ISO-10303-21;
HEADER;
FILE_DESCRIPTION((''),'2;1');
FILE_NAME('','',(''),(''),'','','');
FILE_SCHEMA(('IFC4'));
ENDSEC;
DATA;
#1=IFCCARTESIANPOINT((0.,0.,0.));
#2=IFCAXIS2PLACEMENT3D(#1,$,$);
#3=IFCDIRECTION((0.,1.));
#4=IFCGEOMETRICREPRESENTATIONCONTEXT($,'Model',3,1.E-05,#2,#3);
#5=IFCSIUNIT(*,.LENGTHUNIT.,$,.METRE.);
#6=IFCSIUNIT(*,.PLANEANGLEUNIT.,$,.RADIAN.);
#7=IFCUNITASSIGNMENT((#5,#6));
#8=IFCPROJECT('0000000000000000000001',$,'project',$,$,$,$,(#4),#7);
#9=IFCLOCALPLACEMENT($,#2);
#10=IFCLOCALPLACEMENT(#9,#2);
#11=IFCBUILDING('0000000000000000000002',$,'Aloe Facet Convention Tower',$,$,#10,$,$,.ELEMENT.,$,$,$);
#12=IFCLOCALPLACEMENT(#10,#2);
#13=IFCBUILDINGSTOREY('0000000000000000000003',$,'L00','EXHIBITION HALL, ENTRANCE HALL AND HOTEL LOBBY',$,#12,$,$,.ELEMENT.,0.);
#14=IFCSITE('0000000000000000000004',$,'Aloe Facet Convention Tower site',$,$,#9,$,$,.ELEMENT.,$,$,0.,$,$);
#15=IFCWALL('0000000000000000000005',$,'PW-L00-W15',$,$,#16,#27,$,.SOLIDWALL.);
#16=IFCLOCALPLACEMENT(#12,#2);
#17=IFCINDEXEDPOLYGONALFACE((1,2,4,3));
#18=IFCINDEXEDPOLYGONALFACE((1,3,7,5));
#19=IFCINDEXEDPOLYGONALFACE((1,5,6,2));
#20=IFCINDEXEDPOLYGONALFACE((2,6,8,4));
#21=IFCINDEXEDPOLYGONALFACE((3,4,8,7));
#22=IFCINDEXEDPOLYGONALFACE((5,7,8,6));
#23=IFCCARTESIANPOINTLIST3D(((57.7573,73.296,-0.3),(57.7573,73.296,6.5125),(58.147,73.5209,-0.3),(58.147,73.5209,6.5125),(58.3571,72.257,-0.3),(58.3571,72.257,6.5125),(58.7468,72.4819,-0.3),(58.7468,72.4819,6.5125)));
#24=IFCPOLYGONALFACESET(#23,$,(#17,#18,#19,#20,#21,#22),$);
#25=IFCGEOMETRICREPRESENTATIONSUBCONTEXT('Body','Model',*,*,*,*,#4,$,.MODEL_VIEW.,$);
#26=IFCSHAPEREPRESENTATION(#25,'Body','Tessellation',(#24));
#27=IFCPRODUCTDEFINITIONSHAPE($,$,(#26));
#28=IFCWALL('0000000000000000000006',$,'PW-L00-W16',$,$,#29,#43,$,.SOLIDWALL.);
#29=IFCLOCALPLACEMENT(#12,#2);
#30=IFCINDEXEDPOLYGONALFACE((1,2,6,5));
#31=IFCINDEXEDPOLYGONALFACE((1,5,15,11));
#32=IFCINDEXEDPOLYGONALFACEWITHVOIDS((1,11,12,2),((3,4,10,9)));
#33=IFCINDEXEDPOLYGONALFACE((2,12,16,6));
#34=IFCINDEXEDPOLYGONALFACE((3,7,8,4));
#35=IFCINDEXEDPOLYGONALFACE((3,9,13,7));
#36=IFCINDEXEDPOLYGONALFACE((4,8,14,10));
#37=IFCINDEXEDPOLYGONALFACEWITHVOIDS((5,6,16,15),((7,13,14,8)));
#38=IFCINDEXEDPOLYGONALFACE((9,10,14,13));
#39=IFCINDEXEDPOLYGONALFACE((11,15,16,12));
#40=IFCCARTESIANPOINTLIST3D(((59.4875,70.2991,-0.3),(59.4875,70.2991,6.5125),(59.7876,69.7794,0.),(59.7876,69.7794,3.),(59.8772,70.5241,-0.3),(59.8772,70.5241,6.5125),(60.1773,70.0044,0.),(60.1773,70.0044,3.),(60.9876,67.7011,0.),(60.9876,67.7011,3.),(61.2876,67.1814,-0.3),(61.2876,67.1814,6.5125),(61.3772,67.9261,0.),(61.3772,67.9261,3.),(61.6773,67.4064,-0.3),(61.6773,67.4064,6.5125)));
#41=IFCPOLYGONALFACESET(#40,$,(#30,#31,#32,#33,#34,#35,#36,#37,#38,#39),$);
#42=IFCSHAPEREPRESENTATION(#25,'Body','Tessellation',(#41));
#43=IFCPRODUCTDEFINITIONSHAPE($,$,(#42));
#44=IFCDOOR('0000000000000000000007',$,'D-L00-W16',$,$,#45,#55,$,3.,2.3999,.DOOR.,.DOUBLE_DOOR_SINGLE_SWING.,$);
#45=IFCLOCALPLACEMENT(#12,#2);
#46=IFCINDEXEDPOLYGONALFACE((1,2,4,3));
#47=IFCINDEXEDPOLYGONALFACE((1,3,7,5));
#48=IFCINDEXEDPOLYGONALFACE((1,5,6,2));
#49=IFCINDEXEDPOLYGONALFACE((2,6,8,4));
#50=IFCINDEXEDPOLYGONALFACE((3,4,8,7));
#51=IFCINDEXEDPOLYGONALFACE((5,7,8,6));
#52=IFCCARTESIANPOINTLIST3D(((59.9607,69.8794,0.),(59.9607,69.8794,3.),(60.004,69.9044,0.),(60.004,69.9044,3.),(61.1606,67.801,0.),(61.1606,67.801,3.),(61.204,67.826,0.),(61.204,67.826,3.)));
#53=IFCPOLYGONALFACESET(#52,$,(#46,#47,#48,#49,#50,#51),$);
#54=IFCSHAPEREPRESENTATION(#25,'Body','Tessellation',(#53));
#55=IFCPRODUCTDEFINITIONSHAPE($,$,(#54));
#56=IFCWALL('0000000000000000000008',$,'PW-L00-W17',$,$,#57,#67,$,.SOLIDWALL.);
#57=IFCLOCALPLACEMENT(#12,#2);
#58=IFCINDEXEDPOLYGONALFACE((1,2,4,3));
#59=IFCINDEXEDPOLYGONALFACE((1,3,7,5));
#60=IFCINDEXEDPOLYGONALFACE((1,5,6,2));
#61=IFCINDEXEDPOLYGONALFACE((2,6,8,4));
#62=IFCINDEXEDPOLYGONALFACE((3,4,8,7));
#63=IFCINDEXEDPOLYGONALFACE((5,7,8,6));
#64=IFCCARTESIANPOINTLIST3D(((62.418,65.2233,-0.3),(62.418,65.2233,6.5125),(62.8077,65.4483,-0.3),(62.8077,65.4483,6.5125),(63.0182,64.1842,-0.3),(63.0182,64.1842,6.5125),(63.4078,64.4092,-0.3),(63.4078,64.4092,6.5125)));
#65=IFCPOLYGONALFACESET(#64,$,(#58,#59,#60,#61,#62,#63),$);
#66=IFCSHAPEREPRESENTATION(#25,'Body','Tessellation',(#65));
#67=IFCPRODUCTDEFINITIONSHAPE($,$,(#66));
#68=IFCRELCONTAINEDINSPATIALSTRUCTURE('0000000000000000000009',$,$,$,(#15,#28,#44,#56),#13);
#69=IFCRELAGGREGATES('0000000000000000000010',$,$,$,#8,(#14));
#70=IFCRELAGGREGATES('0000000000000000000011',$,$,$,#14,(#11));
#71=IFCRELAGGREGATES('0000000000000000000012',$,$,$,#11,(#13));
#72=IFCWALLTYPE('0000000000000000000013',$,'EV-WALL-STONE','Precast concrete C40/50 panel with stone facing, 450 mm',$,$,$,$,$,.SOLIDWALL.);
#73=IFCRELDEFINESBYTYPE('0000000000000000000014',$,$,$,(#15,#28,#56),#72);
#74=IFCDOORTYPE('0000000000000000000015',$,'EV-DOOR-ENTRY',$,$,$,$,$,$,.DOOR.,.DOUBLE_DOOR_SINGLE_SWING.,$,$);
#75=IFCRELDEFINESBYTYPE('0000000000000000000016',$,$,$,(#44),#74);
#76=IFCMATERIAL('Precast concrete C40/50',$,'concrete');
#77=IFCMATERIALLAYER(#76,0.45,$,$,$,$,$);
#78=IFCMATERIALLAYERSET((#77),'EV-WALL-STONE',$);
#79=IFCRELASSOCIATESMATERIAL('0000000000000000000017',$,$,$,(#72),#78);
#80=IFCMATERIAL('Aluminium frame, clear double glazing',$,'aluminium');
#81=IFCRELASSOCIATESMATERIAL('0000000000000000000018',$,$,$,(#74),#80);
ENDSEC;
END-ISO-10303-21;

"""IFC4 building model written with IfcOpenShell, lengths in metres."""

from ifc_helpers import new_model, si_unit, direction, frame, frame_2d, origin, place, context, subcontext, project, spatial, rectangle, extrude, material, layer, layer_set, type_object, element, fill, save


model = new_model("IFC4")

# Units and contexts
model_context = context("Model", 3, precision=1e-05, world=origin(), true_north=direction((0.0, 1.0)))
body_context = subcontext(model_context, "Body", "Model", "MODEL_VIEW")
ifc_project = project(units=[si_unit("LENGTHUNIT", "METRE"), si_unit("PLANEANGLEUNIT", "RADIAN")], contexts=[model_context])

# Site, building, storey
site_placement = place(None, origin())
site = spatial("IfcSite", under=ifc_project, at=site_placement, Name="Aloe Facet Convention Tower site", CompositionType="ELEMENT", RefElevation=0.0)
building_placement = place(site_placement, origin())
building = spatial("IfcBuilding", under=site, at=building_placement, Name="Aloe Facet Convention Tower", CompositionType="ELEMENT")
storey_placement = place(building_placement, origin())
storey = spatial("IfcBuildingStorey", under=building, at=storey_placement, Name="L00", Description="EXHIBITION HALL, ENTRANCE HALL AND HOTEL LOBBY", CompositionType="ELEMENT", Elevation=0.0)

# Wall
ifc_material_1 = material(Name="Precast concrete C40/50", Category="concrete")
ifc_layer_1 = layer(ifc_material_1, 0.45)
ifc_layer_set_1 = layer_set([ifc_layer_1], Name="EV-WALL-STONE")
wall_type_1 = type_object("IfcWallType", Name="EV-WALL-STONE", Description="Precast concrete C40/50 panel with stone facing, 450 mm", PredefinedType="SOLIDWALL", material=ifc_layer_set_1)
wall_1_placement = place(storey_placement, frame((57.9521, 73.4084, -0.3), z_axis=(0.0, 0.0, 1.0), x_axis=(0.499969, -0.866043, 0.0)))
element("IfcWall", 1, at=wall_1_placement, inside=storey, type_object=wall_type_1, Name="PW-L00-W15", PredefinedType="SOLIDWALL", context=body_context, shape_type="SweptSolid", body=[
    extrude(rectangle(XDim=1.1997, YDim=0.45, at=frame_2d((0.5999, 0.0))), origin(), (0.0, 0.0, 1.0), 6.8125),
])

# Wall, opening, door
wall_2_placement = place(storey_placement, frame((59.6824, 70.4116, -0.3), z_axis=(0.0, 0.0, 1.0), x_axis=(0.500012, -0.866018, 0.0)))
wall_2 = element("IfcWall", 2, at=wall_2_placement, inside=storey, type_object=wall_type_1, Name="PW-L00-W16", PredefinedType="SOLIDWALL", context=body_context, shape_type="SweptSolid", body=[
    extrude(rectangle(XDim=3.6001, YDim=0.45, at=frame_2d((1.8, 0.0))), origin(), (0.0, 0.0, 1.0), 6.8125),
])
opening_placement = place(wall_2_placement, frame((0.6001, 0.0, 0.3)))
opening = element("IfcOpeningElement", 3, at=opening_placement, cuts=wall_2, PredefinedType="OPENING", context=body_context, shape_type="SweptSolid", body=[
    extrude(rectangle(XDim=2.3999, YDim=3.0, at=frame_2d((1.2, 1.5))), frame((0.0, 0.2349, 0.0), z_axis=(0.0, -1.0, 0.0), x_axis=(1.0, 0.0, 0.0)), (0.0, 0.0, 1.0), 0.47),
])
ifc_material_2 = material(Name="Aluminium frame, clear double glazing", Category="aluminium")
door_type = type_object("IfcDoorType", Name="EV-DOOR-ENTRY", OperationType="DOUBLE_DOOR_SINGLE_SWING", PredefinedType="DOOR", material=ifc_material_2)
door_placement = place(opening_placement, origin())
door = element("IfcDoor", 4, at=door_placement, inside=storey, type_object=door_type, Name="D-L00-W16", OperationType="DOUBLE_DOOR_SINGLE_SWING", OverallHeight=3.0, OverallWidth=2.3999, PredefinedType="DOOR", context=body_context, shape_type="SweptSolid", body=[
    extrude(rectangle(XDim=2.3999, YDim=3.0, at=frame_2d((1.2, 1.5))), frame((0.0, 0.0249, 0.0), z_axis=(0.0, -1.0, 0.0), x_axis=(1.0, 0.0, 0.0)), (0.0, 0.0, 1.0), 0.05),
])
fill(opening, door)

# Wall
wall_3_placement = place(storey_placement, frame((62.6128, 65.3359, -0.3), z_axis=(0.0, 0.0, 1.0), x_axis=(0.500122, -0.865955, 0.0)))
element("IfcWall", 5, at=wall_3_placement, inside=storey, type_object=wall_type_1, Name="PW-L00-W17", PredefinedType="SOLIDWALL", context=body_context, shape_type="SweptSolid", body=[
    extrude(rectangle(XDim=1.2, YDim=0.45, at=frame_2d((0.6001, 0.0))), origin(), (0.0, 0.0, 1.0), 6.8125),
])

save(model, "model.ifc")
